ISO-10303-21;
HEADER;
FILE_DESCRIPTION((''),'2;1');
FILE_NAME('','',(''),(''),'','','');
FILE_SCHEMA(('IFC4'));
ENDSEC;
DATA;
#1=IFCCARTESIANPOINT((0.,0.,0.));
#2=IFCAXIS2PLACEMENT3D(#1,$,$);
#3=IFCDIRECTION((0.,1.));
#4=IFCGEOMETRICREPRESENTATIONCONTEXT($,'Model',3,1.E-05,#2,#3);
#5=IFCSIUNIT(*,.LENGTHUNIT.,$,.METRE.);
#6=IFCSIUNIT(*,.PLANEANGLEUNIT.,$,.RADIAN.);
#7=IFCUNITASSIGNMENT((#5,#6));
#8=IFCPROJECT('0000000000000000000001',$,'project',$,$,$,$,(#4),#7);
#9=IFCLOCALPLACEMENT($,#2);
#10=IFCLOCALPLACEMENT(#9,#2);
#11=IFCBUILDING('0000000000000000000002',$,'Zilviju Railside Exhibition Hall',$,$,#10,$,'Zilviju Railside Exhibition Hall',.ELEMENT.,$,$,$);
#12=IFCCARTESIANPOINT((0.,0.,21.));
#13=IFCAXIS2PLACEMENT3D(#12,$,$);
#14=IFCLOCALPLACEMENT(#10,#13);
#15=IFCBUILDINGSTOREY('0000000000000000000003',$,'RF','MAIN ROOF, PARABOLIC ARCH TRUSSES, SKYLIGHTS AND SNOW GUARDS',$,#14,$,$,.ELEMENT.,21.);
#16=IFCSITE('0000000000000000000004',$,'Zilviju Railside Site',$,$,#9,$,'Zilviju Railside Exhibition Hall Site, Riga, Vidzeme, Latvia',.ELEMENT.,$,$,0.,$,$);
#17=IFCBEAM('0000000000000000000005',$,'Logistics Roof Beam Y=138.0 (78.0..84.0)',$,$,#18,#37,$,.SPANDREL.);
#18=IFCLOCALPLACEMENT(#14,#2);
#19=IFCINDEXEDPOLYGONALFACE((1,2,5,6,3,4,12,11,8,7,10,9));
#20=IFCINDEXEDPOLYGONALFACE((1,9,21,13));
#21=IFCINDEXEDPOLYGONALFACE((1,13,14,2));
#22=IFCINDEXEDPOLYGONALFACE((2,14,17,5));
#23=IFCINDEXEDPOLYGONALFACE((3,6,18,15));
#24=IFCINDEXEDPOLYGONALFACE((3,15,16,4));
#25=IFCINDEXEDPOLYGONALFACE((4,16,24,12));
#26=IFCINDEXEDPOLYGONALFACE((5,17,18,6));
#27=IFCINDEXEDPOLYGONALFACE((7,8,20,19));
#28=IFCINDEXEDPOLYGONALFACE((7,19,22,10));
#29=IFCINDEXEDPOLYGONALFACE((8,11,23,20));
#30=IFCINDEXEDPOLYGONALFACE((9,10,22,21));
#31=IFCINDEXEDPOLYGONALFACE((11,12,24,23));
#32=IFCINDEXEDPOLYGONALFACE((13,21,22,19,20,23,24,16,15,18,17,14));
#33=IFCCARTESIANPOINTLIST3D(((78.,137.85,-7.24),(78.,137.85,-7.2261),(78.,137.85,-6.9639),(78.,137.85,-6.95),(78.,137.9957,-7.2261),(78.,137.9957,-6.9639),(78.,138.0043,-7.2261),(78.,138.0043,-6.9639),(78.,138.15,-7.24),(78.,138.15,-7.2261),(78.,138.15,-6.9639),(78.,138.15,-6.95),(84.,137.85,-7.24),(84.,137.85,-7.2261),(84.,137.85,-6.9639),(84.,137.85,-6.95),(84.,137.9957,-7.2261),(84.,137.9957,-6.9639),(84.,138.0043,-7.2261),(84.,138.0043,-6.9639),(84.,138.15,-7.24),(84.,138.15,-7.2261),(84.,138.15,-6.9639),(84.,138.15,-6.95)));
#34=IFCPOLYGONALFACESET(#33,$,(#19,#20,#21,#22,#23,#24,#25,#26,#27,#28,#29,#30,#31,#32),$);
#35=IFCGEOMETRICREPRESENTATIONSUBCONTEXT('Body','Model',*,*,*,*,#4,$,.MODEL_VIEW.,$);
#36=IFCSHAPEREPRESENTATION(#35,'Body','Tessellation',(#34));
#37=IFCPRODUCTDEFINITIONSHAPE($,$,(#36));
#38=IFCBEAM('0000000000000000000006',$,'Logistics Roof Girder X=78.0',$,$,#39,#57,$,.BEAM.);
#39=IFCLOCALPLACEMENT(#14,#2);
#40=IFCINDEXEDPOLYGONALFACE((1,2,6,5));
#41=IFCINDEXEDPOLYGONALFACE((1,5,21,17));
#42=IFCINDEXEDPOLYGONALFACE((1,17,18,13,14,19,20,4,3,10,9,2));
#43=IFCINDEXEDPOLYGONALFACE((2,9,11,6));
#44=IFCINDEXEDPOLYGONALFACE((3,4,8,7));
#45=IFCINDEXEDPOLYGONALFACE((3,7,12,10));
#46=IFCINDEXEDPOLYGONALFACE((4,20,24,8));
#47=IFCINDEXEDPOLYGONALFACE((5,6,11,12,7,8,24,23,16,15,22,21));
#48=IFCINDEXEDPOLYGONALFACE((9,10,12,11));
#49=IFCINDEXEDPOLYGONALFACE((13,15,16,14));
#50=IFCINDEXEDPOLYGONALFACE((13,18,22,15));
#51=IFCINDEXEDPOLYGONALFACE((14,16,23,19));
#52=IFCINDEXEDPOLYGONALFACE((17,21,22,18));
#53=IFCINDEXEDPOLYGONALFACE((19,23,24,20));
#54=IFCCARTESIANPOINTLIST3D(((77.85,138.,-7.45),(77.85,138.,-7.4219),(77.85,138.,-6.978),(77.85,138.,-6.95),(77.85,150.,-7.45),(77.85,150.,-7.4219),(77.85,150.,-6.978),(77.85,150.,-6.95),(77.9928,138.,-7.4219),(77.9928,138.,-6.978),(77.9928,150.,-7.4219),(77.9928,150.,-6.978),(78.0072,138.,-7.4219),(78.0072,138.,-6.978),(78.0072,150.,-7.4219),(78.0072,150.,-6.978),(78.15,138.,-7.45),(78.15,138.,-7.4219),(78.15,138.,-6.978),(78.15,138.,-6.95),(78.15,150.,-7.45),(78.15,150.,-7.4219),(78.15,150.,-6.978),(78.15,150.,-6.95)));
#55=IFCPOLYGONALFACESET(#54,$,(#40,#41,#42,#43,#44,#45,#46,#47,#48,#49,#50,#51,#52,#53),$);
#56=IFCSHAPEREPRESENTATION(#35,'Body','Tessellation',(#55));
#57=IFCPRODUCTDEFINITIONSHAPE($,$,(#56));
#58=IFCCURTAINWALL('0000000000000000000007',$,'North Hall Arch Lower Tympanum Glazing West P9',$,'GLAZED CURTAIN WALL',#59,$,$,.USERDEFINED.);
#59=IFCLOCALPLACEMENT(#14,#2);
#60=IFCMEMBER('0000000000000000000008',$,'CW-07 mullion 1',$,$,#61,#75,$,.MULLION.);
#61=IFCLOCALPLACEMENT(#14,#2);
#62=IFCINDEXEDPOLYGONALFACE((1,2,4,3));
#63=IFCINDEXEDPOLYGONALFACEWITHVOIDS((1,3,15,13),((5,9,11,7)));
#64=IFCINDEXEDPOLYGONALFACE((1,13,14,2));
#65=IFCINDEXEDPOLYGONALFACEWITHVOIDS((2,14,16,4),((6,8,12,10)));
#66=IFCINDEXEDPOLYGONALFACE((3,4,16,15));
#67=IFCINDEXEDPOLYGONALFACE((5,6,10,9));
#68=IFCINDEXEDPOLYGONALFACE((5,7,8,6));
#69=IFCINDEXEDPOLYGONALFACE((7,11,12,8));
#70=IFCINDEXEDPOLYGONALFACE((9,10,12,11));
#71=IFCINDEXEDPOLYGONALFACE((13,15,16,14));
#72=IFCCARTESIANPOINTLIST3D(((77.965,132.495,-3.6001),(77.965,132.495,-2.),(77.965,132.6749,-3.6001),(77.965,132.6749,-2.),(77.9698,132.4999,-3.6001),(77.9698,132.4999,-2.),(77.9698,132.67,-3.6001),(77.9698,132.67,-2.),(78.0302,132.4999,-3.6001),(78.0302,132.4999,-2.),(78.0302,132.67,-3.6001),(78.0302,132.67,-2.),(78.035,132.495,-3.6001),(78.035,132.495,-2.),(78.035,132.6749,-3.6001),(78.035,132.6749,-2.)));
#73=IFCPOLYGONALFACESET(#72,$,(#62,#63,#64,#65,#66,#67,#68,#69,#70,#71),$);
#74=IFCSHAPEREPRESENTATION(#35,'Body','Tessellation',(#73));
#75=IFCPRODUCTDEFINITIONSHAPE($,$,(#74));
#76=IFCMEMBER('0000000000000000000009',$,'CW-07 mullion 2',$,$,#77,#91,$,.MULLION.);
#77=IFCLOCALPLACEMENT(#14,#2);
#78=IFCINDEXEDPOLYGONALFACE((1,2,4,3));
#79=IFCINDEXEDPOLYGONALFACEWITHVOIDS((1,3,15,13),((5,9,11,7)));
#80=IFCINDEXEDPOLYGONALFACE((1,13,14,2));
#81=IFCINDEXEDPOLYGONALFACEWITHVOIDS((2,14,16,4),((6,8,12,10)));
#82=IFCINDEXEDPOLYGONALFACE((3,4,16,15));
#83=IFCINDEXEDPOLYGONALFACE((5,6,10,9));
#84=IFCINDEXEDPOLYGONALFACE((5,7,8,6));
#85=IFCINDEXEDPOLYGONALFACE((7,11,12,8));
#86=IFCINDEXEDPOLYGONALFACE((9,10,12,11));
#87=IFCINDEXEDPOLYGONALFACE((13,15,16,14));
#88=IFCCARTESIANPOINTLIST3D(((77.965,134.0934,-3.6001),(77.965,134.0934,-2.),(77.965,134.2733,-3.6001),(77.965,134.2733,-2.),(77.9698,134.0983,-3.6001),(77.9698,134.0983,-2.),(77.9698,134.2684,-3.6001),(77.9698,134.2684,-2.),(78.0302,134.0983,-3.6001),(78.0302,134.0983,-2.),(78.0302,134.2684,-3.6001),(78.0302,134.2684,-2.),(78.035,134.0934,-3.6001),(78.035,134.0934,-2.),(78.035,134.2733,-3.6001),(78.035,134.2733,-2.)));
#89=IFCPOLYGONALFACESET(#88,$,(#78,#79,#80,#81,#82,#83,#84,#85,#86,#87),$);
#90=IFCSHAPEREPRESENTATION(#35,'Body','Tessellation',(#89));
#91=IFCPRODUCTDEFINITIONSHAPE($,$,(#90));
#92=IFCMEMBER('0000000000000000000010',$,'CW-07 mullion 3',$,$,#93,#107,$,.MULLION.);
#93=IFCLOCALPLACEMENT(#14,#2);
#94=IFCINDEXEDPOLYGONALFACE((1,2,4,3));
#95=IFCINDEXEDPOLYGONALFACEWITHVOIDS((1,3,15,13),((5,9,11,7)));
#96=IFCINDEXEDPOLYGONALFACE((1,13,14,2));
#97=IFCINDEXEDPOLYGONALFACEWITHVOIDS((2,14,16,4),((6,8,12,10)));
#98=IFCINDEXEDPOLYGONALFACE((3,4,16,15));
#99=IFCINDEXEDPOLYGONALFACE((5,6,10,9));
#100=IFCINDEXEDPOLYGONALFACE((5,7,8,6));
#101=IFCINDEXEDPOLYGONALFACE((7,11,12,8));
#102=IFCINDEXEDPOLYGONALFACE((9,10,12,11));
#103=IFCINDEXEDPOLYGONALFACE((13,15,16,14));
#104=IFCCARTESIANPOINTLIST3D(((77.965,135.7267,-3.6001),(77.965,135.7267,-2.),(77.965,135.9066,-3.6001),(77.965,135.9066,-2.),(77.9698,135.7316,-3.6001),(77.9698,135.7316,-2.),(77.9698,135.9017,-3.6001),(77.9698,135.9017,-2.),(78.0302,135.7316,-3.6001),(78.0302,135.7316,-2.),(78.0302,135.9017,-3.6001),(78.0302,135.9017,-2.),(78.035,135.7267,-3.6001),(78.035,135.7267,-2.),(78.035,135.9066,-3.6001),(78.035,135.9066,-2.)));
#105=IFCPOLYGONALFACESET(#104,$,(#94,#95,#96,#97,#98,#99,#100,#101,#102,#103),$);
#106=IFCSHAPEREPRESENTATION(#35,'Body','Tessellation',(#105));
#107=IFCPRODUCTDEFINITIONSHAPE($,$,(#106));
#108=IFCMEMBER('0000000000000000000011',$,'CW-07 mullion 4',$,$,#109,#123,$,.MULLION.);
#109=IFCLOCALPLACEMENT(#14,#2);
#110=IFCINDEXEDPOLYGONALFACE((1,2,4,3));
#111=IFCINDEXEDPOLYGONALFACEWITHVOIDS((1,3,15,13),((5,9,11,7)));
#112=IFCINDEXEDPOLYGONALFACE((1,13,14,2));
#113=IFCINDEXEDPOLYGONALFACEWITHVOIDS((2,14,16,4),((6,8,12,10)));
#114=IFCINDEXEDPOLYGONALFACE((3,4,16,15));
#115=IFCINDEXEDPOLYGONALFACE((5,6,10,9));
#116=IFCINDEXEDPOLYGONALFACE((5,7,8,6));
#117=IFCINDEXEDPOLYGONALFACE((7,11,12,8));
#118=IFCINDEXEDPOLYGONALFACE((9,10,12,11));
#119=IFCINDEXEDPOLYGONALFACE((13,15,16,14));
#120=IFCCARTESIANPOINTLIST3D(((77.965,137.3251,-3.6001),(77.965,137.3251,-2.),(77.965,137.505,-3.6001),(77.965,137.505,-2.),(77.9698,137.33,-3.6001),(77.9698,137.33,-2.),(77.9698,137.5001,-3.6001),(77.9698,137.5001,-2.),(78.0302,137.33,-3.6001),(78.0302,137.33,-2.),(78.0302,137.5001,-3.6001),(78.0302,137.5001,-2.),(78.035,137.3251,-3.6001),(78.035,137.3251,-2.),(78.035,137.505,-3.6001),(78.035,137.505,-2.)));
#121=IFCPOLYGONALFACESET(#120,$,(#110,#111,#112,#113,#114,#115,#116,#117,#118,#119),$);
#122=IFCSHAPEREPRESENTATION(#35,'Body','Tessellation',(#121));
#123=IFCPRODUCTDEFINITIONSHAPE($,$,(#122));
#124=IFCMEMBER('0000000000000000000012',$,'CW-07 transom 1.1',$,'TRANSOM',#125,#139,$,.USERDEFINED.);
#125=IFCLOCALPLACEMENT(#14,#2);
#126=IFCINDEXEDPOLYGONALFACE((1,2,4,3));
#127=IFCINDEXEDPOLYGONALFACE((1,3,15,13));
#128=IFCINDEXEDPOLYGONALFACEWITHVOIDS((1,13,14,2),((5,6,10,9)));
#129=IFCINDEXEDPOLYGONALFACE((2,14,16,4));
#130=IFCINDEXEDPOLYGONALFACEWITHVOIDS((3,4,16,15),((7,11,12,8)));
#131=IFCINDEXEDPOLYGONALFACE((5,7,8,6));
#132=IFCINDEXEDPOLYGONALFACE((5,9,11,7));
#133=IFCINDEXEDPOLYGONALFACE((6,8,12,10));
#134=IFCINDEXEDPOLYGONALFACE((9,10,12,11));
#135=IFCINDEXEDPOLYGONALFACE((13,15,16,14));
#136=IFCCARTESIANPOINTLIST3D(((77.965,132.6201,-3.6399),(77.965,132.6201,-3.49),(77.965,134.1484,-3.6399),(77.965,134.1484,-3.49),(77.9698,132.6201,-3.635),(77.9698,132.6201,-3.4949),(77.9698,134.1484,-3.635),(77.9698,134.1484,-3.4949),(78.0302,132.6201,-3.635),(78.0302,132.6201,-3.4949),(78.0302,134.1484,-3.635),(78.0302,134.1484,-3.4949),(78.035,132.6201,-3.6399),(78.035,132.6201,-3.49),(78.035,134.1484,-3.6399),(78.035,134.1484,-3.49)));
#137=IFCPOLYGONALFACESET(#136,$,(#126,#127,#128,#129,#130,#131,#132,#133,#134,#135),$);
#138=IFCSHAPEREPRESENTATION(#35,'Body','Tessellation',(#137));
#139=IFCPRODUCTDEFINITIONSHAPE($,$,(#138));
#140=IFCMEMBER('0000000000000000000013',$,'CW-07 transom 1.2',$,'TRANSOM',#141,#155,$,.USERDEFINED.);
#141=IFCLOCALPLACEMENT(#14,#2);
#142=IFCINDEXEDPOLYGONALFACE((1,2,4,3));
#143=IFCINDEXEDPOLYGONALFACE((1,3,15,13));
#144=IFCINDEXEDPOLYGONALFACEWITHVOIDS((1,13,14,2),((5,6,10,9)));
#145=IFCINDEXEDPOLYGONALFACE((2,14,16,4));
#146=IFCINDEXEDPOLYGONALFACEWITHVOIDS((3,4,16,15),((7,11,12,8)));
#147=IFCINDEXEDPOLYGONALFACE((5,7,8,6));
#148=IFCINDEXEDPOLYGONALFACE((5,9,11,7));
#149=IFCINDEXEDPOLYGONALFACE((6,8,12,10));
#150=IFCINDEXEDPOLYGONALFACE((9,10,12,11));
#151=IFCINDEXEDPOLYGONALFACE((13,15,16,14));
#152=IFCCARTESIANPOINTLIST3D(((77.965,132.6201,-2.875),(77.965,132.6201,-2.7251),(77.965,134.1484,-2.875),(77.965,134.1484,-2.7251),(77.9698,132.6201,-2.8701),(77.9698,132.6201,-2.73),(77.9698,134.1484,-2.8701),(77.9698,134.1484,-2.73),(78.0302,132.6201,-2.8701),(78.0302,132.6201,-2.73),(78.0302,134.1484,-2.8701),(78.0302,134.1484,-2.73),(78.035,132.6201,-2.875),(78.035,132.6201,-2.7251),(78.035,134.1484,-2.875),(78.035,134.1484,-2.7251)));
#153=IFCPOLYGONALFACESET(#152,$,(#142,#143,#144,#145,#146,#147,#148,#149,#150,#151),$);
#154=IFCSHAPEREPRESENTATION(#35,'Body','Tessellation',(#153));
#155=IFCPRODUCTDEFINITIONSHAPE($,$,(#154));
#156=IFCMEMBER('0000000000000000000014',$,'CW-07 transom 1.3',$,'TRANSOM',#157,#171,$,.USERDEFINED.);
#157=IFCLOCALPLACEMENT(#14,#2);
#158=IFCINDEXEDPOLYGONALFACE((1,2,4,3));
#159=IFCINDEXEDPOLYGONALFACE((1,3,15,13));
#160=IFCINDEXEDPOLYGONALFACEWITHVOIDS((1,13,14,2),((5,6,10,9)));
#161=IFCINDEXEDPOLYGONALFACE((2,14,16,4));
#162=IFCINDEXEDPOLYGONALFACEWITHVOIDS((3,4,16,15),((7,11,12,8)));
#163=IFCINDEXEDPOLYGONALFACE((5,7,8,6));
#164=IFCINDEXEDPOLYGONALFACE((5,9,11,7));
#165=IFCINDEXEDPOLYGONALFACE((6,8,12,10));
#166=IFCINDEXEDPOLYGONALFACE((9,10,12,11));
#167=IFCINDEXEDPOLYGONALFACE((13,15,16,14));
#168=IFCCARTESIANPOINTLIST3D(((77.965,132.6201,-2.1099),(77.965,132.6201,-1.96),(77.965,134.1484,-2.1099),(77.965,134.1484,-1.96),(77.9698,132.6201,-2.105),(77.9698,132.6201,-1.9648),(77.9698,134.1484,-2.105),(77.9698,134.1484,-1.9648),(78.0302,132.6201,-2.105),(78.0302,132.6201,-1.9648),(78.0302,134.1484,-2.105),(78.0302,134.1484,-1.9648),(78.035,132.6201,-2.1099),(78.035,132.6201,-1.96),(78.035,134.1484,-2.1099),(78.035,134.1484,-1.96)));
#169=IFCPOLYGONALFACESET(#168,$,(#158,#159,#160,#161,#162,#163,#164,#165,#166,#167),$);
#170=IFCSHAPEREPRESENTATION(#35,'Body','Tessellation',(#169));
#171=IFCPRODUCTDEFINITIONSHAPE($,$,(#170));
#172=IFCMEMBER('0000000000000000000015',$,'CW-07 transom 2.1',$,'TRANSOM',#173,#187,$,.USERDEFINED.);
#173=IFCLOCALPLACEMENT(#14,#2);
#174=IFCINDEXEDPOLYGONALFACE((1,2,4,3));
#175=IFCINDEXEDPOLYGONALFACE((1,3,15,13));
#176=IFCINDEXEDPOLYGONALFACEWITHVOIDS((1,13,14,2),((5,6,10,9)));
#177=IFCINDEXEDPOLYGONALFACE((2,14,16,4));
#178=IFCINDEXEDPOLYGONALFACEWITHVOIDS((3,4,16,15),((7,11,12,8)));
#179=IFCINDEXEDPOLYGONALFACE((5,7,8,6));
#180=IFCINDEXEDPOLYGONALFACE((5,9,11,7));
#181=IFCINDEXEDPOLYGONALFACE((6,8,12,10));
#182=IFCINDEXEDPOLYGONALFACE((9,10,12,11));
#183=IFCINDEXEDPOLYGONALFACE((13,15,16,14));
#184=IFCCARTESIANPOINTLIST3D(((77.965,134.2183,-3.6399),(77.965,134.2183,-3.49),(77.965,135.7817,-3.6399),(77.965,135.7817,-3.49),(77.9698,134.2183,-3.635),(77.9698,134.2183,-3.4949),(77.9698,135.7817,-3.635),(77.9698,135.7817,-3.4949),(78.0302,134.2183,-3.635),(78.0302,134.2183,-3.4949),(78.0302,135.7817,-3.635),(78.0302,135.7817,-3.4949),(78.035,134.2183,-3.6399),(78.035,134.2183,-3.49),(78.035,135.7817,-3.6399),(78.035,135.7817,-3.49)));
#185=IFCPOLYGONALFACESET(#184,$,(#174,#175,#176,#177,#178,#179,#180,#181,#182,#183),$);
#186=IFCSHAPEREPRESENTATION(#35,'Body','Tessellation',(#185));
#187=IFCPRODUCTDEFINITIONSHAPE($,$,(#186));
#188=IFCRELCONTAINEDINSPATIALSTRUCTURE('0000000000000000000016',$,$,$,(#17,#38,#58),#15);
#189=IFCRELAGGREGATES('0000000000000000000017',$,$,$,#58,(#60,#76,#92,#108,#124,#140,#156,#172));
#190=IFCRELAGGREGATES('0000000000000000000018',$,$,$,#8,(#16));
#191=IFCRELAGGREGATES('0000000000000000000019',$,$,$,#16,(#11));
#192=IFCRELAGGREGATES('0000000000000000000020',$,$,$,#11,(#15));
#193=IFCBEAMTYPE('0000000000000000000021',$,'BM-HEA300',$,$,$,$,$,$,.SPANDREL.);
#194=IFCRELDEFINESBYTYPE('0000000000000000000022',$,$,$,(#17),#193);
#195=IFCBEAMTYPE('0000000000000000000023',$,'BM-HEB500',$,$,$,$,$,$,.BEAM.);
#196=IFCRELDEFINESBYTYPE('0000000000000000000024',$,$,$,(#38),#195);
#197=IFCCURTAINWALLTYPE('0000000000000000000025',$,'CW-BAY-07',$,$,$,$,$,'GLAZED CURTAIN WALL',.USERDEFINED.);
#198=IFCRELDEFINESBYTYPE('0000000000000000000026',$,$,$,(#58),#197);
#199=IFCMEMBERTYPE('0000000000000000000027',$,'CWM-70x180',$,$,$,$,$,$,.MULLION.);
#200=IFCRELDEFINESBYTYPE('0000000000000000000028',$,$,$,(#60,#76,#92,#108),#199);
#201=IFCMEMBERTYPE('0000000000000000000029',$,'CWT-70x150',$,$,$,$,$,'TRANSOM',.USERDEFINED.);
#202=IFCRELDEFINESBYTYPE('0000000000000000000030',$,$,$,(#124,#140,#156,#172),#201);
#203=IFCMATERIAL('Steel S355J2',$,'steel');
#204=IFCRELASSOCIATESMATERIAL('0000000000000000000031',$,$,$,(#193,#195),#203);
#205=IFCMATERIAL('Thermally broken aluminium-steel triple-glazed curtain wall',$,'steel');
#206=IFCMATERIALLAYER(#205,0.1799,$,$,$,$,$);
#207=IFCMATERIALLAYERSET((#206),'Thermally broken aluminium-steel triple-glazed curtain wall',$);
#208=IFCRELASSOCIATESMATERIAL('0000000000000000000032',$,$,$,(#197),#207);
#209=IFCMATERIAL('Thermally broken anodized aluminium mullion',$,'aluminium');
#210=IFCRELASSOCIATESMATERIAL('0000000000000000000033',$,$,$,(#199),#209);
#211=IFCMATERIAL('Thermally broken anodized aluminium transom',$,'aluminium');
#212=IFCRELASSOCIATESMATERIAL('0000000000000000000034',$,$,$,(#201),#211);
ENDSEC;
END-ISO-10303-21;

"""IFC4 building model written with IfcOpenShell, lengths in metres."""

from ifc_helpers import new_model, si_unit, direction, frame, origin, origin_2d, place, context, subcontext, project, spatial, hollow_rectangle, i_section, extrude, material, layer, layer_set, material_profile, profile_set, type_object, element, aggregate, save


model = new_model("IFC4")

# Units and contexts
model_context = context("Model", 3, precision=1e-05, world=origin(), true_north=direction((0.0, 1.0)))
body_context = subcontext(model_context, "Body", "Model", "MODEL_VIEW")
ifc_project = project(units=[si_unit("LENGTHUNIT", "METRE"), si_unit("PLANEANGLEUNIT", "RADIAN")], contexts=[model_context])

# Site, building, storey
site_placement = place(None, origin())
site = spatial("IfcSite", under=ifc_project, at=site_placement, Name="Zilviju Railside Site", LongName="Zilviju Railside Exhibition Hall Site, Riga, Vidzeme, Latvia", CompositionType="ELEMENT", RefElevation=0.0)
building_placement = place(site_placement, origin())
building = spatial("IfcBuilding", under=site, at=building_placement, Name="Zilviju Railside Exhibition Hall", LongName="Zilviju Railside Exhibition Hall", CompositionType="ELEMENT")
storey_placement = place(building_placement, frame((0.0, 0.0, 21.0)))
storey = spatial("IfcBuildingStorey", under=building, at=storey_placement, Name="RF", Description="MAIN ROOF, PARABOLIC ARCH TRUSSES, SKYLIGHTS AND SNOW GUARDS", CompositionType="ELEMENT", Elevation=21.0)

# Beams
ifc_material_1 = material(Name="Steel S355J2", Category="steel")
ifc_material_profile_1 = material_profile(ifc_material_1, i_section(OverallWidth=0.3, OverallDepth=0.29, WebThickness=0.0085, FlangeThickness=0.0139, at=origin_2d()), Name="HEA 300")
ifc_profile_set_1 = profile_set([ifc_material_profile_1], Name="Steel S355J2")
beam_type_1 = type_object("IfcBeamType", Name="BM-HEA300", PredefinedType="SPANDREL", material=ifc_profile_set_1)
beam_1_placement = place(storey_placement, frame((78.0, 138.0, -7.095), z_axis=(1.0, 0.0, 0.0), x_axis=(0.0, 1.0, 0.0)))
element("IfcBeam", 1, at=beam_1_placement, inside=storey, type_object=beam_type_1, Name="Logistics Roof Beam Y=138.0 (78.0..84.0)", PredefinedType="SPANDREL", context=body_context, shape_type="SweptSolid", body=[
    extrude(i_section(OverallWidth=0.3, OverallDepth=0.29, WebThickness=0.0085, FlangeThickness=0.0139, at=origin_2d()), origin(), (0.0, 0.0, 1.0), 6.0),
])
ifc_material_profile_2 = material_profile(ifc_material_1, i_section(OverallWidth=0.3, OverallDepth=0.5, WebThickness=0.0144, FlangeThickness=0.0281, at=origin_2d()), Name="HEB 500")
ifc_profile_set_2 = profile_set([ifc_material_profile_2], Name="Steel S355J2")
beam_type_2 = type_object("IfcBeamType", Name="BM-HEB500", PredefinedType="BEAM", material=ifc_profile_set_2)
beam_2_placement = place(storey_placement, frame((78.0, 138.0, -7.2), z_axis=(0.0, 1.0, 0.0), x_axis=(-1.0, 0.0, 0.0)))
element("IfcBeam", 2, at=beam_2_placement, inside=storey, type_object=beam_type_2, Name="Logistics Roof Girder X=78.0", PredefinedType="BEAM", context=body_context, shape_type="SweptSolid", body=[
    extrude(i_section(OverallWidth=0.3, OverallDepth=0.5, WebThickness=0.0144, FlangeThickness=0.0281, at=origin_2d()), origin(), (0.0, 0.0, 1.0), 12.0),
])

# Curtain wall, members
ifc_material_2 = material(Name="Thermally broken aluminium-steel triple-glazed curtain wall", Category="steel")
ifc_layer_1 = layer(ifc_material_2, 0.1799)
ifc_layer_set_1 = layer_set([ifc_layer_1], Name="Thermally broken aluminium-steel triple-glazed curtain wall")
curtain_wall_type = type_object("IfcCurtainWallType", Name="CW-BAY-07", ElementType="GLAZED CURTAIN WALL", PredefinedType="USERDEFINED", material=ifc_layer_set_1)
curtain_wall_placement = place(storey_placement, origin())
curtain_wall = element("IfcCurtainWall", 3, at=curtain_wall_placement, inside=storey, type_object=curtain_wall_type, Name="North Hall Arch Lower Tympanum Glazing West P9", ObjectType="GLAZED CURTAIN WALL", PredefinedType="USERDEFINED")
ifc_material_3 = material(Name="Thermally broken anodized aluminium mullion", Category="aluminium")
ifc_material_profile_3 = material_profile(ifc_material_3, hollow_rectangle(XDim=0.0701, YDim=0.1799, WallThickness=0.0049, at=origin_2d()), Name="MULLION 180x70x5")
ifc_profile_set_3 = profile_set([ifc_material_profile_3], Name="Thermally broken anodized aluminium mullion")
member_type_1 = type_object("IfcMemberType", Name="CWM-70x180", PredefinedType="MULLION", material=ifc_profile_set_3)
member_1_placement = place(storey_placement, frame((78.0, 132.585, -3.6001), z_axis=(0.0, 0.0, 1.0), x_axis=(-1.0, 0.0, 0.0)))
member_1 = element("IfcMember", 4, at=member_1_placement, type_object=member_type_1, Name="CW-07 mullion 1", PredefinedType="MULLION", context=body_context, shape_type="SweptSolid", body=[
    extrude(hollow_rectangle(XDim=0.0701, YDim=0.1799, WallThickness=0.0049, at=origin_2d()), origin(), (0.0, 0.0, 1.0), 1.6001),
])
member_2_placement = place(storey_placement, frame((78.0, 134.1833, -3.6001), z_axis=(0.0, 0.0, 1.0), x_axis=(-1.0, 0.0, 0.0)))
member_2 = element("IfcMember", 5, at=member_2_placement, type_object=member_type_1, Name="CW-07 mullion 2", PredefinedType="MULLION", context=body_context, shape_type="SweptSolid", body=[
    extrude(hollow_rectangle(XDim=0.0701, YDim=0.1799, WallThickness=0.0049, at=origin_2d()), origin(), (0.0, 0.0, 1.0), 1.6001),
])
member_3_placement = place(storey_placement, frame((78.0, 135.8167, -3.6001), z_axis=(0.0, 0.0, 1.0), x_axis=(-1.0, 0.0, 0.0)))
member_3 = element("IfcMember", 6, at=member_3_placement, type_object=member_type_1, Name="CW-07 mullion 3", PredefinedType="MULLION", context=body_context, shape_type="SweptSolid", body=[
    extrude(hollow_rectangle(XDim=0.0701, YDim=0.1799, WallThickness=0.0049, at=origin_2d()), origin(), (0.0, 0.0, 1.0), 1.6001),
])
member_4_placement = place(storey_placement, frame((78.0, 137.415, -3.6001), z_axis=(0.0, 0.0, 1.0), x_axis=(-1.0, 0.0, 0.0)))
member_4 = element("IfcMember", 7, at=member_4_placement, type_object=member_type_1, Name="CW-07 mullion 4", PredefinedType="MULLION", context=body_context, shape_type="SweptSolid", body=[
    extrude(hollow_rectangle(XDim=0.0701, YDim=0.1799, WallThickness=0.0049, at=origin_2d()), origin(), (0.0, 0.0, 1.0), 1.6001),
])
ifc_material_4 = material(Name="Thermally broken anodized aluminium transom", Category="aluminium")
ifc_material_profile_4 = material_profile(ifc_material_4, hollow_rectangle(XDim=0.0701, YDim=0.1499, WallThickness=0.0049, at=origin_2d()), Name="TRANSOM 150x70x5")
ifc_profile_set_4 = profile_set([ifc_material_profile_4], Name="Thermally broken anodized aluminium transom")
member_type_2 = type_object("IfcMemberType", Name="CWT-70x150", ElementType="TRANSOM", PredefinedType="USERDEFINED", material=ifc_profile_set_4)
member_5_placement = place(storey_placement, frame((78.0, 132.6201, -3.5649), z_axis=(0.0, 1.0, 0.0), x_axis=(-1.0, 0.0, 0.0)))
member_5 = element("IfcMember", 8, at=member_5_placement, type_object=member_type_2, Name="CW-07 transom 1.1", ObjectType="TRANSOM", PredefinedType="USERDEFINED", context=body_context, shape_type="SweptSolid", body=[
    extrude(hollow_rectangle(XDim=0.0701, YDim=0.1499, WallThickness=0.0049, at=origin_2d()), origin(), (0.0, 0.0, 1.0), 1.5283),
])
member_6_placement = place(storey_placement, frame((78.0, 132.6201, -2.8), z_axis=(0.0, 1.0, 0.0), x_axis=(-1.0, 0.0, 0.0)))
member_6 = element("IfcMember", 9, at=member_6_placement, type_object=member_type_2, Name="CW-07 transom 1.2", ObjectType="TRANSOM", PredefinedType="USERDEFINED", context=body_context, shape_type="SweptSolid", body=[
    extrude(hollow_rectangle(XDim=0.0701, YDim=0.1499, WallThickness=0.0049, at=origin_2d()), origin(), (0.0, 0.0, 1.0), 1.5283),
])
member_7_placement = place(storey_placement, frame((78.0, 132.6201, -2.0349), z_axis=(0.0, 1.0, 0.0), x_axis=(-1.0, 0.0, 0.0)))
member_7 = element("IfcMember", 10, at=member_7_placement, type_object=member_type_2, Name="CW-07 transom 1.3", ObjectType="TRANSOM", PredefinedType="USERDEFINED", context=body_context, shape_type="SweptSolid", body=[
    extrude(hollow_rectangle(XDim=0.0701, YDim=0.1499, WallThickness=0.0049, at=origin_2d()), origin(), (0.0, 0.0, 1.0), 1.5283),
])
member_8_placement = place(storey_placement, frame((78.0, 134.2183, -3.5649), z_axis=(0.0, 1.0, 0.0), x_axis=(-1.0, 0.0, 0.0)))
member_8 = element("IfcMember", 11, at=member_8_placement, type_object=member_type_2, Name="CW-07 transom 2.1", ObjectType="TRANSOM", PredefinedType="USERDEFINED", context=body_context, shape_type="SweptSolid", body=[
    extrude(hollow_rectangle(XDim=0.0701, YDim=0.1499, WallThickness=0.0049, at=origin_2d()), origin(), (0.0, 0.0, 1.0), 1.5635),
])

aggregate(curtain_wall, [member_1, member_2, member_3, member_4, member_5, member_6, member_7, member_8])

save(model, "model.ifc")
